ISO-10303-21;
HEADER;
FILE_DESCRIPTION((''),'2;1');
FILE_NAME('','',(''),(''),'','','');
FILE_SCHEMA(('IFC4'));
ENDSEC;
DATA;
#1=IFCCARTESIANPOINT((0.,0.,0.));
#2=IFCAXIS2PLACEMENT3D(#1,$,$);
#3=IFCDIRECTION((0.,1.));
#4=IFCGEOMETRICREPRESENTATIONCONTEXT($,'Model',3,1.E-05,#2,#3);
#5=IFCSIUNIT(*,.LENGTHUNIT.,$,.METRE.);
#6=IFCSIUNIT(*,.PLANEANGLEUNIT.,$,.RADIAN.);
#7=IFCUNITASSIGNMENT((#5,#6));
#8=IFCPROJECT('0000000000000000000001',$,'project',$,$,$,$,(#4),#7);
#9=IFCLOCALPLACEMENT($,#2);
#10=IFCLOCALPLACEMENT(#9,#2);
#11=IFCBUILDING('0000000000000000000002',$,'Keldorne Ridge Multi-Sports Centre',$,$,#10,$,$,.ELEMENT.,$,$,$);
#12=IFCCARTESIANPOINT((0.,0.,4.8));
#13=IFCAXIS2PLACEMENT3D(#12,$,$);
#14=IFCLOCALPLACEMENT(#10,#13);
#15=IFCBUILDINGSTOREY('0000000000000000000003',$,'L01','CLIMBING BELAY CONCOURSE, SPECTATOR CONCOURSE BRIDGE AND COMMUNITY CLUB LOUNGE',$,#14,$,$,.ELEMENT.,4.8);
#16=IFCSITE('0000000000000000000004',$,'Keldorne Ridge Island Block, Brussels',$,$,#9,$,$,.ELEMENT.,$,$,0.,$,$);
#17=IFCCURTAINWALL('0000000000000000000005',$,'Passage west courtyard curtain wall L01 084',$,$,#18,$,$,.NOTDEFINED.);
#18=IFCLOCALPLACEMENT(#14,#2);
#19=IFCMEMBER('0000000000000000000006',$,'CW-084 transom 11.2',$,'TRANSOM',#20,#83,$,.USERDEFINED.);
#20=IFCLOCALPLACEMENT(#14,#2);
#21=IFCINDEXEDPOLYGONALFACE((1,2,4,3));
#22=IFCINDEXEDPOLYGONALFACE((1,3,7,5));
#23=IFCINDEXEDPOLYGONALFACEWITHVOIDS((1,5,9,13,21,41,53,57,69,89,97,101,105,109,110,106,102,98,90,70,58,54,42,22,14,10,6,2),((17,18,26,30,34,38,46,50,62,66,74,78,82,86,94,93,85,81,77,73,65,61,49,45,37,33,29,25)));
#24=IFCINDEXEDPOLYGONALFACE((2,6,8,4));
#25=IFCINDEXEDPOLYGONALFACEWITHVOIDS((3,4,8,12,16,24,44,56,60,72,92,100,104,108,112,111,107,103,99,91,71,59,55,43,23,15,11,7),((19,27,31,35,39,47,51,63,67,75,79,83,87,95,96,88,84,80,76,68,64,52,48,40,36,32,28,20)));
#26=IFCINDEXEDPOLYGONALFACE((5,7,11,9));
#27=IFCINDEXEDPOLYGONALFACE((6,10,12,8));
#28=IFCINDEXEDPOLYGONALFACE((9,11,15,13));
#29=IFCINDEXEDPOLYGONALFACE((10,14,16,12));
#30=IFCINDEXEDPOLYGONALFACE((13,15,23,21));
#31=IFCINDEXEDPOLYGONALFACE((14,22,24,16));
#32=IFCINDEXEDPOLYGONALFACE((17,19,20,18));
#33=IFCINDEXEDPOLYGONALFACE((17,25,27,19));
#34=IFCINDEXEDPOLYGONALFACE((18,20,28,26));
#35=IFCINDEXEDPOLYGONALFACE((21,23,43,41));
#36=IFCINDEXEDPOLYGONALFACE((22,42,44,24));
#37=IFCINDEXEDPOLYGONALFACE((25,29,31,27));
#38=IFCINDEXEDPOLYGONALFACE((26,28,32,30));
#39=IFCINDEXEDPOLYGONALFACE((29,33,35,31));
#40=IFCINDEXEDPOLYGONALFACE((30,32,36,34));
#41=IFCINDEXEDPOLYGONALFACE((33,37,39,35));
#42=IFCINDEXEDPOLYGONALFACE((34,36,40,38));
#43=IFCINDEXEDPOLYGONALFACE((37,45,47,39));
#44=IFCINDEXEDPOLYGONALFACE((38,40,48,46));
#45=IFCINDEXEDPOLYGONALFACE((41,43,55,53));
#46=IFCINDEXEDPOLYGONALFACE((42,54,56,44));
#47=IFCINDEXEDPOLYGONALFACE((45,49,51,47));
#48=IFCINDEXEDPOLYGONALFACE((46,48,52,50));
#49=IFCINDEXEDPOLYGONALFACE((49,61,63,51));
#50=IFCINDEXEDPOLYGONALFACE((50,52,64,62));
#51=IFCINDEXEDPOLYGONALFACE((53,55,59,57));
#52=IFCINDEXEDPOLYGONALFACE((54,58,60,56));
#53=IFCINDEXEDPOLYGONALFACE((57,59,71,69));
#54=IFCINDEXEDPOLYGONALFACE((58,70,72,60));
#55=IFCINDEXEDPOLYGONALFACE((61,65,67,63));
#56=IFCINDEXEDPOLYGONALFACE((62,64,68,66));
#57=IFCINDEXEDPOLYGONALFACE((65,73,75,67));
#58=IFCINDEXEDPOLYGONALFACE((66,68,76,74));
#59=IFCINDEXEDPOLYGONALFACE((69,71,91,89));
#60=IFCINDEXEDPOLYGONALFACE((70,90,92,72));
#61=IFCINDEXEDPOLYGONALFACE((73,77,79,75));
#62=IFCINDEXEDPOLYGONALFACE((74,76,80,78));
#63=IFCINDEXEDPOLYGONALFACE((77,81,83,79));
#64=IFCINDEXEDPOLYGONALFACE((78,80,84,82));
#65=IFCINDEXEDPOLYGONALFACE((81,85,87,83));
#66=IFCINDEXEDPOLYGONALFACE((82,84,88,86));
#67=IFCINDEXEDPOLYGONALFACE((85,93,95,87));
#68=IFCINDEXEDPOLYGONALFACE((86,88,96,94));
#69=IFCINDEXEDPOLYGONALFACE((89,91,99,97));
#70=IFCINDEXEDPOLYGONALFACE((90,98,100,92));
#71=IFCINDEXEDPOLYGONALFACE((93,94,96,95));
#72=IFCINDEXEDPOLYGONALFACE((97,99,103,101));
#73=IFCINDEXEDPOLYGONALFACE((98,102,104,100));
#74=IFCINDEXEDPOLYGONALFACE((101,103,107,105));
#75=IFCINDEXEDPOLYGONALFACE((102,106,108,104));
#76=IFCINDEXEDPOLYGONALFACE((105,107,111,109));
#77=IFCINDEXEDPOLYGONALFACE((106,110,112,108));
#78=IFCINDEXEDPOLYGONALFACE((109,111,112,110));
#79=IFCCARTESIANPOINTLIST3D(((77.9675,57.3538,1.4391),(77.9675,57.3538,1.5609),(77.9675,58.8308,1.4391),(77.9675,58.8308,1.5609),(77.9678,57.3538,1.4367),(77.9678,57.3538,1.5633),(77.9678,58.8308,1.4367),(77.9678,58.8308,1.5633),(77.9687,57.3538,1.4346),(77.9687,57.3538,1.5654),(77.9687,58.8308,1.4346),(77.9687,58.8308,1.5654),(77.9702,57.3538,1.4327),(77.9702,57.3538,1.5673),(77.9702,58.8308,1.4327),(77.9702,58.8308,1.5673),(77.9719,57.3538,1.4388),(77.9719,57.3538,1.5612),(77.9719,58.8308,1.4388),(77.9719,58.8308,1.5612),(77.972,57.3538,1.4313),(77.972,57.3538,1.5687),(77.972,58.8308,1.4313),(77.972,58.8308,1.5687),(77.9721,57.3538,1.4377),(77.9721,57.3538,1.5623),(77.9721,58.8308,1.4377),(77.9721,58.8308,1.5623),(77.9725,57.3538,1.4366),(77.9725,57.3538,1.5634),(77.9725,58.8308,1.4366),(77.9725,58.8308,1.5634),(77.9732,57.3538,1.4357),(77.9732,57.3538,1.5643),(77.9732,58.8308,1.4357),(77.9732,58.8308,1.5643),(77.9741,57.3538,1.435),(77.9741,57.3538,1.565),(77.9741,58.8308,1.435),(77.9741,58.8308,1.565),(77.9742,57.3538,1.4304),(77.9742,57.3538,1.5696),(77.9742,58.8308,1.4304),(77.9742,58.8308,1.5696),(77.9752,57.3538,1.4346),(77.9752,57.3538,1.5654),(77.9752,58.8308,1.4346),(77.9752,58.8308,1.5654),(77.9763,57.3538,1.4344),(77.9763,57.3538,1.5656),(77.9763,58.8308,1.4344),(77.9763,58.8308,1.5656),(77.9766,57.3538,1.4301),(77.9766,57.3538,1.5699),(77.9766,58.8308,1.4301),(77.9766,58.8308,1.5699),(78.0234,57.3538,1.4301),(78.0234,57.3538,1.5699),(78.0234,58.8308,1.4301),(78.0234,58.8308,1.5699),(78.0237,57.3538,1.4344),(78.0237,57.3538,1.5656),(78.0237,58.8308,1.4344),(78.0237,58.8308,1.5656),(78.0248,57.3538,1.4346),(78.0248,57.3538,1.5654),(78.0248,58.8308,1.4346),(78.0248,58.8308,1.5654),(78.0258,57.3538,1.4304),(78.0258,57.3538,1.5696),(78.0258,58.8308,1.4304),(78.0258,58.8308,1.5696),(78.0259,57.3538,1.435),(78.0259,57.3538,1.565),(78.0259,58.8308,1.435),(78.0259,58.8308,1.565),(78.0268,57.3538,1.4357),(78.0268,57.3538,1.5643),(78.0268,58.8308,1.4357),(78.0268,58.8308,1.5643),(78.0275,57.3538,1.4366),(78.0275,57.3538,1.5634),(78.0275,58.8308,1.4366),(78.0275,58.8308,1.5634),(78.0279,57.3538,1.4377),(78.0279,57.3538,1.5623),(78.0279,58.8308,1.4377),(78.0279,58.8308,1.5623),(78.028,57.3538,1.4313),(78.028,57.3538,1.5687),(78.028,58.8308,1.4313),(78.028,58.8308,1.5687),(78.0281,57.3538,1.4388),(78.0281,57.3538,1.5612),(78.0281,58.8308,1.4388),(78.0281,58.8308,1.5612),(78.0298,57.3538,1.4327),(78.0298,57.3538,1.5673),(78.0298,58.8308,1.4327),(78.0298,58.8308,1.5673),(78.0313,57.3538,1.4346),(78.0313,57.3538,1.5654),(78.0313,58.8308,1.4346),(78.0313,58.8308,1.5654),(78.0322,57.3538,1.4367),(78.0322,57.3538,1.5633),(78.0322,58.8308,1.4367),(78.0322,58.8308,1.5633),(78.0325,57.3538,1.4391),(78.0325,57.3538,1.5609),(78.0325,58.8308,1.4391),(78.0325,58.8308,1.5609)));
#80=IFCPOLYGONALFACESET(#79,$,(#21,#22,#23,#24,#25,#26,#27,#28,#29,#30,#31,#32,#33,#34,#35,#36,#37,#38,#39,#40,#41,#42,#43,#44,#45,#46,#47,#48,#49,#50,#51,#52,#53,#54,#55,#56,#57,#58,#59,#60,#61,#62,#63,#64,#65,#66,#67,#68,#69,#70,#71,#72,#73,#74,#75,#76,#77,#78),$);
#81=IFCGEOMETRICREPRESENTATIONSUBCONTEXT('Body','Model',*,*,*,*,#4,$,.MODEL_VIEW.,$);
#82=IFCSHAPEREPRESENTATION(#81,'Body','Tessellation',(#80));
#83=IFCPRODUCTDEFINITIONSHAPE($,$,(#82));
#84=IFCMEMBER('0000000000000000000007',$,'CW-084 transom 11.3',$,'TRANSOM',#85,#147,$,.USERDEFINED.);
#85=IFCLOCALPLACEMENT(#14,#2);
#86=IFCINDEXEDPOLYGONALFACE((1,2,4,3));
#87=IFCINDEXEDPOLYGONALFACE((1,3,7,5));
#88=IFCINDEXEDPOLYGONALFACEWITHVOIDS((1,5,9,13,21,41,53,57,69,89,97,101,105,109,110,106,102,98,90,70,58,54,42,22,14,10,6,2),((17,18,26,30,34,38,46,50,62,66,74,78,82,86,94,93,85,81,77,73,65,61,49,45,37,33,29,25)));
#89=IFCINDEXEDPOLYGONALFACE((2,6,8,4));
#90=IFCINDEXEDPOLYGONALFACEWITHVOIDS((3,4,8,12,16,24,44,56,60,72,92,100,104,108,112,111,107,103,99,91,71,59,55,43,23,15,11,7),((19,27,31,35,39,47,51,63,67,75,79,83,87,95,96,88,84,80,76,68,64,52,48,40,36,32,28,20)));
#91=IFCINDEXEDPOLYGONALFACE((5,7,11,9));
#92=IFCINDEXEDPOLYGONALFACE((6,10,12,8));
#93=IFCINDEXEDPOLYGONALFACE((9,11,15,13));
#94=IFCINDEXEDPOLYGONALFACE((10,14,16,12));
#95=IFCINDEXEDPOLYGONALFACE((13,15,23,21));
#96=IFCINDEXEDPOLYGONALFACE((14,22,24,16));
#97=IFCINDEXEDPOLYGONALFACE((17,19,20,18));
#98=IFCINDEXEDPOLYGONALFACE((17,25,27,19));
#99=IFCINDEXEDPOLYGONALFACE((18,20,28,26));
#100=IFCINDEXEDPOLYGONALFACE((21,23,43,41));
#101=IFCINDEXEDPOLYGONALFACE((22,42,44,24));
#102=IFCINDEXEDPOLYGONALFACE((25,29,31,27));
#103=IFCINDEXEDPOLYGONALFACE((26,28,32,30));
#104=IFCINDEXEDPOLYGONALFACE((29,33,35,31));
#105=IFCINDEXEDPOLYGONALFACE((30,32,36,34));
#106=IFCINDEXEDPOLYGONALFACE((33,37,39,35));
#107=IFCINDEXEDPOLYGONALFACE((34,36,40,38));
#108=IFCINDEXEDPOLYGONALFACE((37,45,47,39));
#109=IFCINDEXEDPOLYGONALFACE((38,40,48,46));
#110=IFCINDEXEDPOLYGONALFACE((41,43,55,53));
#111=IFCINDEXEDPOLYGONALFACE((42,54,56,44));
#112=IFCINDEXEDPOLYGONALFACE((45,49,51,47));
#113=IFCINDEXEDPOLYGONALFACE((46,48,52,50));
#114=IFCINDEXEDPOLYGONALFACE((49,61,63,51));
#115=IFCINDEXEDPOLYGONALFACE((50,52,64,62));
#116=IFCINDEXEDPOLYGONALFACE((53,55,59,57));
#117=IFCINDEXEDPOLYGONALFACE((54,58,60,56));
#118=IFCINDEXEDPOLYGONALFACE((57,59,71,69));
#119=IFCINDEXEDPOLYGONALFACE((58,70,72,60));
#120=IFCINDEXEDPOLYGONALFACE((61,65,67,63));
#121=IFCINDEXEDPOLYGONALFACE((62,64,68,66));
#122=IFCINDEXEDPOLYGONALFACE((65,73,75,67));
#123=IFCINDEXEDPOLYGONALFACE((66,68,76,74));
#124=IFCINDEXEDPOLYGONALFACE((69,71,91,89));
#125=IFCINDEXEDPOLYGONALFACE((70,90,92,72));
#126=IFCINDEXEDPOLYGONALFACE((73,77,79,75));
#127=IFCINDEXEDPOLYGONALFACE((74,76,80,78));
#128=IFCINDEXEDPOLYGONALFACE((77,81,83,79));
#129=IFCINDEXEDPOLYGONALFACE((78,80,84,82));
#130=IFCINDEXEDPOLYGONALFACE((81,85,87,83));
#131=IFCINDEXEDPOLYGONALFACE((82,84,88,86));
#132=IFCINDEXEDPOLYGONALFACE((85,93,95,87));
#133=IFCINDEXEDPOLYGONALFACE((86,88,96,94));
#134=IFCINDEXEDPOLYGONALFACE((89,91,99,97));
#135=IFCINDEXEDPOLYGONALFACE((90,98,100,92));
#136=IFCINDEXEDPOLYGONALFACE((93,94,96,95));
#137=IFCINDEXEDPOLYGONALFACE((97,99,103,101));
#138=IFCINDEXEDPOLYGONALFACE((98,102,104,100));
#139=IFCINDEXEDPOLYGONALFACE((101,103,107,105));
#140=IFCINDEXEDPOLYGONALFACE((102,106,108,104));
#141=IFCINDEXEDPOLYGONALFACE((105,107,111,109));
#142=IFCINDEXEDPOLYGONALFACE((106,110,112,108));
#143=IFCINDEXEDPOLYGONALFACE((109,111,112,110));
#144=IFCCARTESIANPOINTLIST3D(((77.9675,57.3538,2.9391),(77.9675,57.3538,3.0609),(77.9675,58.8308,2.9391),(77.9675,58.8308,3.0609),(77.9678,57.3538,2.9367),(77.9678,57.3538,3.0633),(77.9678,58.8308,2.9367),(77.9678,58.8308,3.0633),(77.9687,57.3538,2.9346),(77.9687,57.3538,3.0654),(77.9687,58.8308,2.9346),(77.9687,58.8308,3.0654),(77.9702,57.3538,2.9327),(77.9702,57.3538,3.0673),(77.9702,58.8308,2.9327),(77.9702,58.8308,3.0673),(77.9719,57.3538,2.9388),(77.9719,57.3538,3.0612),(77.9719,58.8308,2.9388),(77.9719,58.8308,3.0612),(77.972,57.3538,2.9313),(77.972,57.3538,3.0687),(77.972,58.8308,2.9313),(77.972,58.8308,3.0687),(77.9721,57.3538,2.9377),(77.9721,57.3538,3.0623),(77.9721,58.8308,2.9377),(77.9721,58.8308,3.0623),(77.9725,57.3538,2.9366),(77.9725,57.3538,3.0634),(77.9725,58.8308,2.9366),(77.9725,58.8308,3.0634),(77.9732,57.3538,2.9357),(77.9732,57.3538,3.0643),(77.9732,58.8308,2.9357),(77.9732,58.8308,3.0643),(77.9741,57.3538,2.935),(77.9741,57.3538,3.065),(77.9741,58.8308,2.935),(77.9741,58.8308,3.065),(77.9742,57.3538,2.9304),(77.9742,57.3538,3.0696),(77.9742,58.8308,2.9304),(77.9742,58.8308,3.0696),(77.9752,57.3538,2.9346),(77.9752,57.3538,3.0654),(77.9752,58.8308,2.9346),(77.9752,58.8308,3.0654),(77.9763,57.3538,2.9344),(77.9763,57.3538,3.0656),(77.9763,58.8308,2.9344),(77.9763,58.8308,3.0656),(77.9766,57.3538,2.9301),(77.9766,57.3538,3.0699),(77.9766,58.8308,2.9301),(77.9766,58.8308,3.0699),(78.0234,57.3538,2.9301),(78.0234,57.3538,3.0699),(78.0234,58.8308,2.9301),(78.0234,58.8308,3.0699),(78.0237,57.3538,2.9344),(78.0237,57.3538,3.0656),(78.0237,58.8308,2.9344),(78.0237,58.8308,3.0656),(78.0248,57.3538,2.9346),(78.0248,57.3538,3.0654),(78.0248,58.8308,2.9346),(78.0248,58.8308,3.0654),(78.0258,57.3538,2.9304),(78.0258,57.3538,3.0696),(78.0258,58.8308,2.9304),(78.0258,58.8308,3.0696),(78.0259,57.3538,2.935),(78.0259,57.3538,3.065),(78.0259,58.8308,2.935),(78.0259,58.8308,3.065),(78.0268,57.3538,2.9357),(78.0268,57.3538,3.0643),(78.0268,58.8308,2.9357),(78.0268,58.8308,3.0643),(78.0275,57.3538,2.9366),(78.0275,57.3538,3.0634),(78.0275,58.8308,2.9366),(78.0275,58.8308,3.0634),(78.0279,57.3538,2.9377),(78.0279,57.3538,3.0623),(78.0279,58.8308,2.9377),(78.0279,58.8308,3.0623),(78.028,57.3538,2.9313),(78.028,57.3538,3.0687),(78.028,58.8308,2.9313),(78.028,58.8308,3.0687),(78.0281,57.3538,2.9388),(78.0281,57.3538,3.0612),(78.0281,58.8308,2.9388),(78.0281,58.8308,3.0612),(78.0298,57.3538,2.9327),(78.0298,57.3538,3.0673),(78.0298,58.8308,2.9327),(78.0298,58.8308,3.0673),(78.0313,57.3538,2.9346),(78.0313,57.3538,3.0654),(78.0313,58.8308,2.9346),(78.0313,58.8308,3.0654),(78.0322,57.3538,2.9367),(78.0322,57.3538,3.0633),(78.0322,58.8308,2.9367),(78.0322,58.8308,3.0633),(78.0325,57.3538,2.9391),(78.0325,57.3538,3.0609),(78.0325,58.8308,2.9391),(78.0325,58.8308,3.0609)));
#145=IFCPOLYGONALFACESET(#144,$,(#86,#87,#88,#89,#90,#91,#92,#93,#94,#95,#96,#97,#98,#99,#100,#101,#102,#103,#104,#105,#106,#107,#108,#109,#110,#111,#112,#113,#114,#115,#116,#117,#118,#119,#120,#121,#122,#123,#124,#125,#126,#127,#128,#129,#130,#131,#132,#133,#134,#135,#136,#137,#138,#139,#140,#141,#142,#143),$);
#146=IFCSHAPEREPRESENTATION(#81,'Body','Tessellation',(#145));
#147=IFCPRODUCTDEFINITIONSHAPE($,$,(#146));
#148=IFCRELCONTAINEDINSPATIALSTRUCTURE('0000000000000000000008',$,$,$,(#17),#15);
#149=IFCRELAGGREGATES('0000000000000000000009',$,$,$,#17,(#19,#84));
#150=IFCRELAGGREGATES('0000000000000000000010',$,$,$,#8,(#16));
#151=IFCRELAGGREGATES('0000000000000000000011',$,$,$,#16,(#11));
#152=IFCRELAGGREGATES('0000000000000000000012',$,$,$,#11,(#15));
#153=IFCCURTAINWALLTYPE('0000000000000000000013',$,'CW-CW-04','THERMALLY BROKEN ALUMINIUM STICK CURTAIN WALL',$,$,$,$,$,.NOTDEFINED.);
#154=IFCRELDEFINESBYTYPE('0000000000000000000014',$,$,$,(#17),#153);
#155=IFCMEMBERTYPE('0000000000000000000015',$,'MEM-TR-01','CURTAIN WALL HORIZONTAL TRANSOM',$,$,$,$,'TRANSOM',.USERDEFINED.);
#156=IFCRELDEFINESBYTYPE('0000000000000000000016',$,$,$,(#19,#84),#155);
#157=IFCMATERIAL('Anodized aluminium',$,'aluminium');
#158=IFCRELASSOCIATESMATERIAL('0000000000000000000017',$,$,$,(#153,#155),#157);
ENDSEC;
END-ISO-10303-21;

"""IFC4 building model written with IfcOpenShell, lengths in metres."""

from ifc_helpers import new_model, si_unit, direction, frame, origin, origin_2d, place, context, subcontext, project, spatial, hollow_rectangle, extrude, material, material_profile, profile_set, type_object, element, aggregate, save


model = new_model("IFC4")

# Units and contexts
model_context = context("Model", 3, precision=1e-05, world=origin(), true_north=direction((0.0, 1.0)))
body_context = subcontext(model_context, "Body", "Model", "MODEL_VIEW")
ifc_project = project(units=[si_unit("LENGTHUNIT", "METRE"), si_unit("PLANEANGLEUNIT", "RADIAN")], contexts=[model_context])

# Site, building, storey
site_placement = place(None, origin())
site = spatial("IfcSite", under=ifc_project, at=site_placement, Name="Keldorne Ridge Island Block, Brussels", CompositionType="ELEMENT", RefElevation=0.0)
building_placement = place(site_placement, origin())
building = spatial("IfcBuilding", under=site, at=building_placement, Name="Keldorne Ridge Multi-Sports Centre", CompositionType="ELEMENT")
storey_placement = place(building_placement, frame((0.0, 0.0, 4.8)))
storey = spatial("IfcBuildingStorey", under=building, at=storey_placement, Name="L01", Description="CLIMBING BELAY CONCOURSE, SPECTATOR CONCOURSE BRIDGE AND COMMUNITY CLUB LOUNGE", CompositionType="ELEMENT", Elevation=4.8)

# Curtain wall, members
ifc_material_1 = material(Name="Anodized aluminium", Category="aluminium")
curtain_wall_type = type_object("IfcCurtainWallType", Name="CW-CW-04", Description="THERMALLY BROKEN ALUMINIUM STICK CURTAIN WALL", PredefinedType="NOTDEFINED", material=ifc_material_1)
curtain_wall_placement = place(storey_placement, origin())
curtain_wall = element("IfcCurtainWall", 1, at=curtain_wall_placement, inside=storey, type_object=curtain_wall_type, Name="Passage west courtyard curtain wall L01 084", PredefinedType="NOTDEFINED")
ifc_material_profile_1 = material_profile(ifc_material_1, hollow_rectangle(XDim=0.0649, YDim=0.1399, WallThickness=0.0044, InnerFilletRadius=0.0044, OuterFilletRadius=0.009, at=origin_2d()), Name="ALU TRANSOM 140x65x4.5")
ifc_profile_set_1 = profile_set([ifc_material_profile_1], Name="Anodized aluminium")
member_type_1 = type_object("IfcMemberType", Name="MEM-TR-01", Description="CURTAIN WALL HORIZONTAL TRANSOM", ElementType="TRANSOM", PredefinedType="USERDEFINED", material=ifc_profile_set_1)
member_1_placement = place(storey_placement, frame((78.0, 58.8308, 1.5), z_axis=(0.0, -1.0, 0.0), x_axis=(1.0, 0.0, 0.0)))
member_1 = element("IfcMember", 2, at=member_1_placement, type_object=member_type_1, Name="CW-084 transom 11.2", ObjectType="TRANSOM", PredefinedType="USERDEFINED", context=body_context, shape_type="SweptSolid", body=[
    extrude(hollow_rectangle(XDim=0.0649, YDim=0.1399, WallThickness=0.0044, InnerFilletRadius=0.0044, OuterFilletRadius=0.009, at=origin_2d()), origin(), (0.0, 0.0, 1.0), 1.4771),
])
member_2_placement = place(storey_placement, frame((78.0, 58.8308, 3.0), z_axis=(0.0, -1.0, 0.0), x_axis=(1.0, 0.0, 0.0)))
member_2 = element("IfcMember", 3, at=member_2_placement, type_object=member_type_1, Name="CW-084 transom 11.3", ObjectType="TRANSOM", PredefinedType="USERDEFINED", context=body_context, shape_type="SweptSolid", body=[
    extrude(hollow_rectangle(XDim=0.0649, YDim=0.1399, WallThickness=0.0044, InnerFilletRadius=0.0044, OuterFilletRadius=0.009, at=origin_2d()), origin(), (0.0, 0.0, 1.0), 1.4771),
])
aggregate(curtain_wall, [member_1, member_2])

save(model, "model.ifc")
